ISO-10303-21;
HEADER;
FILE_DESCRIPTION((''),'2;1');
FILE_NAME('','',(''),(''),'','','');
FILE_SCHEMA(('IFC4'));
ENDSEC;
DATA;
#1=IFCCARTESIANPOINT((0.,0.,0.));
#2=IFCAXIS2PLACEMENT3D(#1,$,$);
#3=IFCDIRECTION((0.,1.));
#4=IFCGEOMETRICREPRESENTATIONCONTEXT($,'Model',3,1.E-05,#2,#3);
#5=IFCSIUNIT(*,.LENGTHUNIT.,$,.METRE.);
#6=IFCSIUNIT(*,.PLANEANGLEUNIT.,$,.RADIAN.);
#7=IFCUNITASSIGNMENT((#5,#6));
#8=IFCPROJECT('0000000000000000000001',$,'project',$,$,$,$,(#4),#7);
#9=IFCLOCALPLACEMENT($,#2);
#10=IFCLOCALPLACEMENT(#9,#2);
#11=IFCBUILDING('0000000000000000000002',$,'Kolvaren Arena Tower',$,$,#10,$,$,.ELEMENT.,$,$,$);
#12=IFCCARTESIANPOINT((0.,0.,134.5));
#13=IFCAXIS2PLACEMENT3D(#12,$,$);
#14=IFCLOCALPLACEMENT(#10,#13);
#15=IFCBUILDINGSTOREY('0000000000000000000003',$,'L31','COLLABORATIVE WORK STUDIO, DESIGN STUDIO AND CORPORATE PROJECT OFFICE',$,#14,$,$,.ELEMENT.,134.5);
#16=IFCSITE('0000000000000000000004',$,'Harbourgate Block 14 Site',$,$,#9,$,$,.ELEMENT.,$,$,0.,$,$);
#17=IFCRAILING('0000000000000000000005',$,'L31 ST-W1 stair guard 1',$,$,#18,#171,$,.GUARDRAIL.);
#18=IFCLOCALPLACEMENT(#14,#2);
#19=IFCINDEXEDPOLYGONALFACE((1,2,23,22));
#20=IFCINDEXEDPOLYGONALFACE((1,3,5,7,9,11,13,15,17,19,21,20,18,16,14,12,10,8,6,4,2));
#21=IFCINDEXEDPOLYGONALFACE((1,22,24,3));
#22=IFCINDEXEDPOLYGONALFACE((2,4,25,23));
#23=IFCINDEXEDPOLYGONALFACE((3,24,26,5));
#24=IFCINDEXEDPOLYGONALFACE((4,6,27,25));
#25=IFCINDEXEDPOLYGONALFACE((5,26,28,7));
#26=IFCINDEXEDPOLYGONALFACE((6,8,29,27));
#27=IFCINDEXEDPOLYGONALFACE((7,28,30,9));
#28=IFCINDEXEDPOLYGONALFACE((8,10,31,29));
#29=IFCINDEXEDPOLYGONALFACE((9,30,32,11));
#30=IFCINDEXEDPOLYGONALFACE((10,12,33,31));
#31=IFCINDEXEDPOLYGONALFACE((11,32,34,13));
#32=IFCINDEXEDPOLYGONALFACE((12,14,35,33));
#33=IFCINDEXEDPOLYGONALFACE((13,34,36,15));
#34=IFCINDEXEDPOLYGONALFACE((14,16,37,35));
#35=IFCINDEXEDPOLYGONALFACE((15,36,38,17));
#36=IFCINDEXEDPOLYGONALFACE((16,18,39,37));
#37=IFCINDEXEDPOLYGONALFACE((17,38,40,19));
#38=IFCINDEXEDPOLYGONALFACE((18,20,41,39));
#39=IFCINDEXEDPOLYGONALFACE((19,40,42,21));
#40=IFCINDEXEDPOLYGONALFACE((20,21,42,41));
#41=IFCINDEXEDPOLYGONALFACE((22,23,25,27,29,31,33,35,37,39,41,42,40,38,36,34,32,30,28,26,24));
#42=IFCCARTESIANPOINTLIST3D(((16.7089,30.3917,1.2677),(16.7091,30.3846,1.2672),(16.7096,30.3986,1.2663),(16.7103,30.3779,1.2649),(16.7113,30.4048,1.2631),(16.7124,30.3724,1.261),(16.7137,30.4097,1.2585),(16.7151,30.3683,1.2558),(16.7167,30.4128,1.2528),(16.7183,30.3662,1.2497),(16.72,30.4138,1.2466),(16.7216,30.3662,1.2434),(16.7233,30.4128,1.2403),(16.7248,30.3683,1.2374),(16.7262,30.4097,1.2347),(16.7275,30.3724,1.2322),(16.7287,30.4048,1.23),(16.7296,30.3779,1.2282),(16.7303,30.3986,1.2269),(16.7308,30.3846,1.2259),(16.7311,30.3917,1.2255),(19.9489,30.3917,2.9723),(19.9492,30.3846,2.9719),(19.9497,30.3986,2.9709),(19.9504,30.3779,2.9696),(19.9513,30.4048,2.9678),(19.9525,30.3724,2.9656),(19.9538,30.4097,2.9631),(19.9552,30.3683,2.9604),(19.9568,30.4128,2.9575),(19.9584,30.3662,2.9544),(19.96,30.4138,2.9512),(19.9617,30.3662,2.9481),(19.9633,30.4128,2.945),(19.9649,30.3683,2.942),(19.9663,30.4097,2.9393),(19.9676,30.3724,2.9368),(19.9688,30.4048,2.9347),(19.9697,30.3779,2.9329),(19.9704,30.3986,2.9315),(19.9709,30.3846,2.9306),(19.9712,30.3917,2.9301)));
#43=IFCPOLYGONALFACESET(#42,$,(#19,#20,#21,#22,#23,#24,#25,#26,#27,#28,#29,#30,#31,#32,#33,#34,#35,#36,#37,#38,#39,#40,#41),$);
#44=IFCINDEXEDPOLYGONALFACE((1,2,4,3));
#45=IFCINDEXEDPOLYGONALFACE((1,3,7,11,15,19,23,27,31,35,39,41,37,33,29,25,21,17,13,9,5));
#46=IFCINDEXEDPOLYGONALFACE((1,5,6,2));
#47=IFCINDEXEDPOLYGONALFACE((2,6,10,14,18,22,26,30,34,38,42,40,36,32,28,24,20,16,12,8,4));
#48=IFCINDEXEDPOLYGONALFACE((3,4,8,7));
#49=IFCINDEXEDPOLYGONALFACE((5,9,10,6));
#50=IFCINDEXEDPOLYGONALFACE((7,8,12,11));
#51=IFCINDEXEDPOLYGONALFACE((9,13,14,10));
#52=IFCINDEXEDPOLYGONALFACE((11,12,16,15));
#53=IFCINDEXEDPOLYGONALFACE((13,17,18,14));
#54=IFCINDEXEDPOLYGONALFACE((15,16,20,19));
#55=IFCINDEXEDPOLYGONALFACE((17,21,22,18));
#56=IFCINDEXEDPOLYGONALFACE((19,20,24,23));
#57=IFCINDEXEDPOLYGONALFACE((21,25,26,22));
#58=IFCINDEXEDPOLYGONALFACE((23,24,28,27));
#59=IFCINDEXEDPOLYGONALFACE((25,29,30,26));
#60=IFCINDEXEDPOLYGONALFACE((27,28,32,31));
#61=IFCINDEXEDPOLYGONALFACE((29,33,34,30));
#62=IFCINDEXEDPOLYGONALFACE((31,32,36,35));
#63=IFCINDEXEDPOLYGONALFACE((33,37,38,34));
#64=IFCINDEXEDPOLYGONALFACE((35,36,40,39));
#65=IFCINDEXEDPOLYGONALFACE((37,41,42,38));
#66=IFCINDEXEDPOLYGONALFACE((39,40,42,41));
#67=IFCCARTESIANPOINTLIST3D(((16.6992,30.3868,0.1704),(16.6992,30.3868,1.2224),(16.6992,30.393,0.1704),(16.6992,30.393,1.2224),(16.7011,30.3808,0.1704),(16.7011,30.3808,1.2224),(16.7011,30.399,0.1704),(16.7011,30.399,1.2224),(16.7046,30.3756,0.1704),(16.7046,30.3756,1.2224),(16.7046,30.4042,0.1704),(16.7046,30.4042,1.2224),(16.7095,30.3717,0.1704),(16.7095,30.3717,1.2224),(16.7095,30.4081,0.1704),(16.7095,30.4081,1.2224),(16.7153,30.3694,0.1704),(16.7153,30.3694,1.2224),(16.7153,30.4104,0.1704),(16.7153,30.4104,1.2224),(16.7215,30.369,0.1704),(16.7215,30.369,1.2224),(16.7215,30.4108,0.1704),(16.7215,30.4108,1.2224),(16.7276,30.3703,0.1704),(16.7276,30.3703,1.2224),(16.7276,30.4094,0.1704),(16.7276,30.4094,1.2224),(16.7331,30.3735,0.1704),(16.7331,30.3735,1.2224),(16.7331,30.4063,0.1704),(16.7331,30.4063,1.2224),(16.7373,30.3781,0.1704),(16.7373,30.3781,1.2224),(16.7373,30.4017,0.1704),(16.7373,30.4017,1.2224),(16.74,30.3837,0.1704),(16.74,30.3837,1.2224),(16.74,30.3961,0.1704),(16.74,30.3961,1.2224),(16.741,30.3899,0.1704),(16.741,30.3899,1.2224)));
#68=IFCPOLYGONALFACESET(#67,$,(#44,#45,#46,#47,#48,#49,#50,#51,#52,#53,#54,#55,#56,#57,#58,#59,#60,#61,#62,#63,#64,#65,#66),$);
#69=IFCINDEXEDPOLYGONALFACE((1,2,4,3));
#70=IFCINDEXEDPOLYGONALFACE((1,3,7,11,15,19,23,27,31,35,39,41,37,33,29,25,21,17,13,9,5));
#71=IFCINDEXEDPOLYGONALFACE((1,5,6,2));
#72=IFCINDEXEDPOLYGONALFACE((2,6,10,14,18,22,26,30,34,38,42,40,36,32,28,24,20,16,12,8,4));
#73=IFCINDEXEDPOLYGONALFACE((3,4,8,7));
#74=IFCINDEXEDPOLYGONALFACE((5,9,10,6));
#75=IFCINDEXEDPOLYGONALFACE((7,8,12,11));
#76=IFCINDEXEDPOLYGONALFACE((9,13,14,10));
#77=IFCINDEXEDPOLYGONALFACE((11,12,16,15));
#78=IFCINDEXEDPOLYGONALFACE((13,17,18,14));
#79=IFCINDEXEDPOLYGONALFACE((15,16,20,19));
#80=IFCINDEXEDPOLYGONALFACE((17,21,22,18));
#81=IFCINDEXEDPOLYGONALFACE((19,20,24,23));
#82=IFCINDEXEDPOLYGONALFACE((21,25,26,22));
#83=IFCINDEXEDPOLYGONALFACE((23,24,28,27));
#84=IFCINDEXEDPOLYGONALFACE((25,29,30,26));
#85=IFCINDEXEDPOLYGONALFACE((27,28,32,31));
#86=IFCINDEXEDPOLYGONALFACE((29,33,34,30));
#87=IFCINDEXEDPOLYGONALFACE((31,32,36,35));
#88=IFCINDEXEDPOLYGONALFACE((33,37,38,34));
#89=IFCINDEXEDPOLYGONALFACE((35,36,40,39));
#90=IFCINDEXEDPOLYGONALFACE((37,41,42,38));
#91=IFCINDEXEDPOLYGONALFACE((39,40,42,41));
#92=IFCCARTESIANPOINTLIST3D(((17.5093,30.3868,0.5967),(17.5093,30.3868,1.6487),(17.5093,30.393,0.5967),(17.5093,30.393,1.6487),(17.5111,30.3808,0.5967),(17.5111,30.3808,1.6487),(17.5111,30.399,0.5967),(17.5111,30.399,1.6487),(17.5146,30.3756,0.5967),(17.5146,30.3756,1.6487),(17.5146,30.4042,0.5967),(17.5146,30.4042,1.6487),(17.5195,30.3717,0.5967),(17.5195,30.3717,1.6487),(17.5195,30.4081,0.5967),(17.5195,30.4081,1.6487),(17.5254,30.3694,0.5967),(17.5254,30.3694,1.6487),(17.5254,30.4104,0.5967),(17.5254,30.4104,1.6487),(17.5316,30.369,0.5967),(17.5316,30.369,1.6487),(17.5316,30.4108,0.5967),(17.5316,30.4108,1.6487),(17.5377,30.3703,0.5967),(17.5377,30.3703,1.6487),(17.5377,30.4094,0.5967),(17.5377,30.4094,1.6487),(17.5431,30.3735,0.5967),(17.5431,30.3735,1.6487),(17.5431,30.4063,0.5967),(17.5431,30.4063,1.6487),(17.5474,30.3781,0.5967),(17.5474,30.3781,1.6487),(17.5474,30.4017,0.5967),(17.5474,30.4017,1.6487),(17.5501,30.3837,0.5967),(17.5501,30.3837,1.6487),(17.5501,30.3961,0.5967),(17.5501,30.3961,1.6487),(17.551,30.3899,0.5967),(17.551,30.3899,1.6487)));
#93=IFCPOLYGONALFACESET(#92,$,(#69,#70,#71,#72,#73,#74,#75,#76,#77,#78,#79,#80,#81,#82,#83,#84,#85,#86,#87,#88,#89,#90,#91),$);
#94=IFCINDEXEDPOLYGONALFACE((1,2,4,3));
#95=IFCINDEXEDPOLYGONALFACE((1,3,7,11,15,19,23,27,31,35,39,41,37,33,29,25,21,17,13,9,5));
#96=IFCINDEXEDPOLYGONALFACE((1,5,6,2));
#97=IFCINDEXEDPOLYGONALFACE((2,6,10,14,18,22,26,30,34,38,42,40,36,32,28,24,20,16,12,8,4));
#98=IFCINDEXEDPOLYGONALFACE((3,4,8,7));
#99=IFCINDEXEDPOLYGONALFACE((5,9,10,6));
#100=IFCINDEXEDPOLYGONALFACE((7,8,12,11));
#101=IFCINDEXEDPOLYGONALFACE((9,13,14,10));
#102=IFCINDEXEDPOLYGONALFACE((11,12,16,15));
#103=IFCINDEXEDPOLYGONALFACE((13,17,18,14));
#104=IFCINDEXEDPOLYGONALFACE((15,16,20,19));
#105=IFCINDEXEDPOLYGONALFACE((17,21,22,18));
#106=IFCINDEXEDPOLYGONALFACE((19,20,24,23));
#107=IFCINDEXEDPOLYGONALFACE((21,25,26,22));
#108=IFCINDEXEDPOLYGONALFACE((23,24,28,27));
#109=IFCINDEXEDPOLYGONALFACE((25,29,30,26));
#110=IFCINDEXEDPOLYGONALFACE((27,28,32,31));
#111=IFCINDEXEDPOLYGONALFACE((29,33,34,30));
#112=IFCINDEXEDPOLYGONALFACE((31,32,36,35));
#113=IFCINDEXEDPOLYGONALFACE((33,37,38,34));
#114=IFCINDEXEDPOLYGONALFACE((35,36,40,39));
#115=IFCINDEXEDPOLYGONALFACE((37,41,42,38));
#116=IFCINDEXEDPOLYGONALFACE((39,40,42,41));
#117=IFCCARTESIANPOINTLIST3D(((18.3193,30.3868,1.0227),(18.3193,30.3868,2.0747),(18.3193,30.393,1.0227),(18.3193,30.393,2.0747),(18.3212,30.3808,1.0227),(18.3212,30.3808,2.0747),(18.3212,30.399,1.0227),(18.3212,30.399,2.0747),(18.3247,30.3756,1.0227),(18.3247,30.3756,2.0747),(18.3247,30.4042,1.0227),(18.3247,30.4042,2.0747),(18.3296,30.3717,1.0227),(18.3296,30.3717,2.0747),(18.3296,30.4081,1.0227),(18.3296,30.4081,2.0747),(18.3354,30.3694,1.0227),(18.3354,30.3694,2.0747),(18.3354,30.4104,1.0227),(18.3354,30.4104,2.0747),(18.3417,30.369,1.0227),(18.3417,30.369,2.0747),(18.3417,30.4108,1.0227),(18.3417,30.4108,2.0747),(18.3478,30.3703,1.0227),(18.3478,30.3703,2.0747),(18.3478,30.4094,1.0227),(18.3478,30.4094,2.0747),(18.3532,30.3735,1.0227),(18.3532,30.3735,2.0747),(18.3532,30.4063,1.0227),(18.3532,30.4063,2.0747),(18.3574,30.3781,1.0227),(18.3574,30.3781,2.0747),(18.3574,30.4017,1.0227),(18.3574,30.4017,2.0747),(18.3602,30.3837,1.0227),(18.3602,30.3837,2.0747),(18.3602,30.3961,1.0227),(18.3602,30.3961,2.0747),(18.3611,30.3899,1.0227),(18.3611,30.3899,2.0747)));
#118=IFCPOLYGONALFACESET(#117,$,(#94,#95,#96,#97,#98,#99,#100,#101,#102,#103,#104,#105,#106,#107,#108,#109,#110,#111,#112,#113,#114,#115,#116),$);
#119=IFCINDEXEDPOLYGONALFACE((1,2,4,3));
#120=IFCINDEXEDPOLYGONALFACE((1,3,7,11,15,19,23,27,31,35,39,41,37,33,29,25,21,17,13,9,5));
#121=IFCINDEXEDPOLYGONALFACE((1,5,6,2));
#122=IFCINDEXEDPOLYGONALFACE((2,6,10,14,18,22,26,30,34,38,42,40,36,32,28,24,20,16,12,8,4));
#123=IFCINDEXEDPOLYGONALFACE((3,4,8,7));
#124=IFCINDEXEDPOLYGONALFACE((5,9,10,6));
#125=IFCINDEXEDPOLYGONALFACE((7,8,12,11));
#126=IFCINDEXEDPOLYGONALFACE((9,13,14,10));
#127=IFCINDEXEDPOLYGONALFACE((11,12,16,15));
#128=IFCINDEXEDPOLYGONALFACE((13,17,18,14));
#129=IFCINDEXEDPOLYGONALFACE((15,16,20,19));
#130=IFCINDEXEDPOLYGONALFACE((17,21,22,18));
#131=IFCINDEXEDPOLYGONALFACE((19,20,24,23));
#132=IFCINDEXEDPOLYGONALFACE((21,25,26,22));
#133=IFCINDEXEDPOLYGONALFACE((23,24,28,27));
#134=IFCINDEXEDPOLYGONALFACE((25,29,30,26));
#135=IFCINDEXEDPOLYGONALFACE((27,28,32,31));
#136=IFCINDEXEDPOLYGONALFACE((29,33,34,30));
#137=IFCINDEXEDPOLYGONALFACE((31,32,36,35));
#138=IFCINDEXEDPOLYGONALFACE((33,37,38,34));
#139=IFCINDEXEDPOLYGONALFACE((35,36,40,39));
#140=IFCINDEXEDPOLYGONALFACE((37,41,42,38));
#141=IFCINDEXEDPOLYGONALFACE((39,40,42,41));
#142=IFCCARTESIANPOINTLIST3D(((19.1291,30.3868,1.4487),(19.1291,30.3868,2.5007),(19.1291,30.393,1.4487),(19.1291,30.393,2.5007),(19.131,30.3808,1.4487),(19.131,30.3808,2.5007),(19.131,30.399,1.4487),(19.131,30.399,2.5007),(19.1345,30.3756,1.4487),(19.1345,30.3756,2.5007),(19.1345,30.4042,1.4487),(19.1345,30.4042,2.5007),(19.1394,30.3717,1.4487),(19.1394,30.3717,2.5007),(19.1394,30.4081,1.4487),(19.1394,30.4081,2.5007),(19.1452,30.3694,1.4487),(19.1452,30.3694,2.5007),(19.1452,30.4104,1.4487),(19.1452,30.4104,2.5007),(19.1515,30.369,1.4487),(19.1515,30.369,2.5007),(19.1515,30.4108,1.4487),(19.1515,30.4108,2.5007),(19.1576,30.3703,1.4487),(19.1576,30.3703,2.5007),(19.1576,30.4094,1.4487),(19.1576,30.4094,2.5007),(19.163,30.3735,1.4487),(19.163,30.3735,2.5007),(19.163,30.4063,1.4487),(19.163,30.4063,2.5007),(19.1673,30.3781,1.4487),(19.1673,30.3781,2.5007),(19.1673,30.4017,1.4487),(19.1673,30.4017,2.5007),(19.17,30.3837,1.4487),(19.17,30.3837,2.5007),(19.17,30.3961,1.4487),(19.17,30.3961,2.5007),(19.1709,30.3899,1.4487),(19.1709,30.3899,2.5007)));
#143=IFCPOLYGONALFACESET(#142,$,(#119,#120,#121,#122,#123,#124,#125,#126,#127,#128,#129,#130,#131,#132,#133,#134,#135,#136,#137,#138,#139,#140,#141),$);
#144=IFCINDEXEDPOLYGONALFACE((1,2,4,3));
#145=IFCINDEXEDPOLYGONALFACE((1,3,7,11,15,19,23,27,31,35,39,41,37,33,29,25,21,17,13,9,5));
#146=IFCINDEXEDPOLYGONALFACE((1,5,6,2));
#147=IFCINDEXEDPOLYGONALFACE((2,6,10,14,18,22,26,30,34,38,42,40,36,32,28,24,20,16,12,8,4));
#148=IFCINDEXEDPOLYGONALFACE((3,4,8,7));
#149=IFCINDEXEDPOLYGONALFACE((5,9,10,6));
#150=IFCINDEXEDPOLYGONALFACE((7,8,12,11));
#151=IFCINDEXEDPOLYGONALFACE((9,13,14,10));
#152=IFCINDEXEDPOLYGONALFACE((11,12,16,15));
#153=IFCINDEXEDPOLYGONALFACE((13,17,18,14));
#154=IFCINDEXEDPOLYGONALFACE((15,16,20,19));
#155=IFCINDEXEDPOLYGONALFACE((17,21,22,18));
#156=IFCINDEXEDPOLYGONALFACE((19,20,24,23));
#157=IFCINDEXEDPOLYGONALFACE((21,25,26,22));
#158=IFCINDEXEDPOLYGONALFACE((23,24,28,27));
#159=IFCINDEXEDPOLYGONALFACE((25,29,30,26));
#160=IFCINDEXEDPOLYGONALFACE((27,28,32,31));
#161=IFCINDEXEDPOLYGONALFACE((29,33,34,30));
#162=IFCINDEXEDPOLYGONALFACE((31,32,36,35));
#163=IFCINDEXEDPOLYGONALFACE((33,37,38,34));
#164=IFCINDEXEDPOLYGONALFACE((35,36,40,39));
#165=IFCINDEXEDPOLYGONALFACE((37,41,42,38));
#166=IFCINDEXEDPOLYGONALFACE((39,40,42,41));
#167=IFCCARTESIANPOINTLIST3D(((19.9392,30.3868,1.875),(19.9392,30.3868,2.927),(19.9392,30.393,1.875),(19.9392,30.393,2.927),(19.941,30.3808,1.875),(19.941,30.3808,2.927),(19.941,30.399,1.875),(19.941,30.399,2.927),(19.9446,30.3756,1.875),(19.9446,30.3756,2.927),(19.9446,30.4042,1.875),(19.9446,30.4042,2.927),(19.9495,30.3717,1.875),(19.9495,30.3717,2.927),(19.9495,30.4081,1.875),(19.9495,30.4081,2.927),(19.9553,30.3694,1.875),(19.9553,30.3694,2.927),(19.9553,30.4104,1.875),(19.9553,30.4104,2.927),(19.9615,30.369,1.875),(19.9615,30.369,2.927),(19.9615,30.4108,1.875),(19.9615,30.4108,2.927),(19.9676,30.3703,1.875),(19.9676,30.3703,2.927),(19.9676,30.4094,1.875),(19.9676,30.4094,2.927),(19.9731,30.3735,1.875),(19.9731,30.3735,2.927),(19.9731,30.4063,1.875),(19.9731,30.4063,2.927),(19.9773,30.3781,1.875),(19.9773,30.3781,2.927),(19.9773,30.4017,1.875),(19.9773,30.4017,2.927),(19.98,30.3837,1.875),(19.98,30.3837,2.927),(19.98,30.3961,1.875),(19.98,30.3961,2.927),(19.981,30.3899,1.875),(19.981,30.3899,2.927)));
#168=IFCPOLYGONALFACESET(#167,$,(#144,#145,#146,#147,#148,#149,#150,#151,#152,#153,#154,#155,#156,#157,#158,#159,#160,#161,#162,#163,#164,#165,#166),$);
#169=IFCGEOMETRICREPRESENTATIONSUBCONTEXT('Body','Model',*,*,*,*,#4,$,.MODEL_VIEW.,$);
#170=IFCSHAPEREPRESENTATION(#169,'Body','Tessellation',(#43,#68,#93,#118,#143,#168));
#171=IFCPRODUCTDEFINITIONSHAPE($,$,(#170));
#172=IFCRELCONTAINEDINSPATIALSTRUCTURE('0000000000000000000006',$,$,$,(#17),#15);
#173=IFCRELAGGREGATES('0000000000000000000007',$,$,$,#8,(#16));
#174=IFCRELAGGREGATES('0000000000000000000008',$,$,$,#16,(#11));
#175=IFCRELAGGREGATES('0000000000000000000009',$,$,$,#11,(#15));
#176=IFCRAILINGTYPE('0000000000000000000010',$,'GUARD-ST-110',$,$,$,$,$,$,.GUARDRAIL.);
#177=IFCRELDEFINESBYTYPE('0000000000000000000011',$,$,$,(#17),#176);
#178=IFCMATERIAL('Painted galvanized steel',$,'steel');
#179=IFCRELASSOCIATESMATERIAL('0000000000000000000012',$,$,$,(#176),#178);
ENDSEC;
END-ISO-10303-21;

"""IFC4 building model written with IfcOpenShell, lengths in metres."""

from ifc_helpers import new_model, si_unit, direction, frame, origin, origin_2d, place, context, subcontext, project, spatial, circle, extrude, material, type_object, element, save


model = new_model("IFC4")

# Units and contexts
model_context = context("Model", 3, precision=1e-05, world=origin(), true_north=direction((0.0, 1.0)))
body_context = subcontext(model_context, "Body", "Model", "MODEL_VIEW")
ifc_project = project(units=[si_unit("LENGTHUNIT", "METRE"), si_unit("PLANEANGLEUNIT", "RADIAN")], contexts=[model_context])

# Site, building, storey
site_placement = place(None, origin())
site = spatial("IfcSite", under=ifc_project, at=site_placement, Name="Harbourgate Block 14 Site", CompositionType="ELEMENT", RefElevation=0.0)
building_placement = place(site_placement, origin())
building = spatial("IfcBuilding", under=site, at=building_placement, Name="Kolvaren Arena Tower", CompositionType="ELEMENT")
storey_placement = place(building_placement, frame((0.0, 0.0, 134.5)))
storey = spatial("IfcBuildingStorey", under=building, at=storey_placement, Name="L31", Description="COLLABORATIVE WORK STUDIO, DESIGN STUDIO AND CORPORATE PROJECT OFFICE", CompositionType="ELEMENT", Elevation=134.5)

# Railing
ifc_material_1 = material(Name="Painted galvanized steel", Category="steel")
railing_type_1 = type_object("IfcRailingType", Name="GUARD-ST-110", PredefinedType="GUARDRAIL", material=ifc_material_1)
railing_1_placement = place(storey_placement, frame((16.72, 30.3899, 0.1704)))
element("IfcRailing", 1, at=railing_1_placement, inside=storey, type_object=railing_type_1, Name="L31 ST-W1 stair guard 1", PredefinedType="GUARDRAIL", context=body_context, shape_type="SweptSolid", body=[
    extrude(circle(Radius=0.0239, at=origin_2d()), frame((0.0, 0.0, 1.0762), z_axis=(0.884993, 0.0, 0.465604), x_axis=(0.0, 1.0, 0.0)), (0.0, 0.0, 1.0), 3.6611),
    extrude(circle(Radius=0.021, at=origin_2d()), origin(), (0.0, 0.0, 1.0), 1.052),
    extrude(circle(Radius=0.021, at=origin_2d()), frame((0.8101, 0.0, 0.4263)), (0.0, 0.0, 1.0), 1.052),
    extrude(circle(Radius=0.021, at=origin_2d()), frame((1.6201, 0.0, 0.8523)), (0.0, 0.0, 1.0), 1.052),
    extrude(circle(Radius=0.021, at=origin_2d()), frame((2.4299, 0.0, 1.2783)), (0.0, 0.0, 1.0), 1.052),
    extrude(circle(Radius=0.021, at=origin_2d()), frame((3.24, 0.0, 1.7046)), (0.0, 0.0, 1.0), 1.052),
])

save(model, "model.ifc")
